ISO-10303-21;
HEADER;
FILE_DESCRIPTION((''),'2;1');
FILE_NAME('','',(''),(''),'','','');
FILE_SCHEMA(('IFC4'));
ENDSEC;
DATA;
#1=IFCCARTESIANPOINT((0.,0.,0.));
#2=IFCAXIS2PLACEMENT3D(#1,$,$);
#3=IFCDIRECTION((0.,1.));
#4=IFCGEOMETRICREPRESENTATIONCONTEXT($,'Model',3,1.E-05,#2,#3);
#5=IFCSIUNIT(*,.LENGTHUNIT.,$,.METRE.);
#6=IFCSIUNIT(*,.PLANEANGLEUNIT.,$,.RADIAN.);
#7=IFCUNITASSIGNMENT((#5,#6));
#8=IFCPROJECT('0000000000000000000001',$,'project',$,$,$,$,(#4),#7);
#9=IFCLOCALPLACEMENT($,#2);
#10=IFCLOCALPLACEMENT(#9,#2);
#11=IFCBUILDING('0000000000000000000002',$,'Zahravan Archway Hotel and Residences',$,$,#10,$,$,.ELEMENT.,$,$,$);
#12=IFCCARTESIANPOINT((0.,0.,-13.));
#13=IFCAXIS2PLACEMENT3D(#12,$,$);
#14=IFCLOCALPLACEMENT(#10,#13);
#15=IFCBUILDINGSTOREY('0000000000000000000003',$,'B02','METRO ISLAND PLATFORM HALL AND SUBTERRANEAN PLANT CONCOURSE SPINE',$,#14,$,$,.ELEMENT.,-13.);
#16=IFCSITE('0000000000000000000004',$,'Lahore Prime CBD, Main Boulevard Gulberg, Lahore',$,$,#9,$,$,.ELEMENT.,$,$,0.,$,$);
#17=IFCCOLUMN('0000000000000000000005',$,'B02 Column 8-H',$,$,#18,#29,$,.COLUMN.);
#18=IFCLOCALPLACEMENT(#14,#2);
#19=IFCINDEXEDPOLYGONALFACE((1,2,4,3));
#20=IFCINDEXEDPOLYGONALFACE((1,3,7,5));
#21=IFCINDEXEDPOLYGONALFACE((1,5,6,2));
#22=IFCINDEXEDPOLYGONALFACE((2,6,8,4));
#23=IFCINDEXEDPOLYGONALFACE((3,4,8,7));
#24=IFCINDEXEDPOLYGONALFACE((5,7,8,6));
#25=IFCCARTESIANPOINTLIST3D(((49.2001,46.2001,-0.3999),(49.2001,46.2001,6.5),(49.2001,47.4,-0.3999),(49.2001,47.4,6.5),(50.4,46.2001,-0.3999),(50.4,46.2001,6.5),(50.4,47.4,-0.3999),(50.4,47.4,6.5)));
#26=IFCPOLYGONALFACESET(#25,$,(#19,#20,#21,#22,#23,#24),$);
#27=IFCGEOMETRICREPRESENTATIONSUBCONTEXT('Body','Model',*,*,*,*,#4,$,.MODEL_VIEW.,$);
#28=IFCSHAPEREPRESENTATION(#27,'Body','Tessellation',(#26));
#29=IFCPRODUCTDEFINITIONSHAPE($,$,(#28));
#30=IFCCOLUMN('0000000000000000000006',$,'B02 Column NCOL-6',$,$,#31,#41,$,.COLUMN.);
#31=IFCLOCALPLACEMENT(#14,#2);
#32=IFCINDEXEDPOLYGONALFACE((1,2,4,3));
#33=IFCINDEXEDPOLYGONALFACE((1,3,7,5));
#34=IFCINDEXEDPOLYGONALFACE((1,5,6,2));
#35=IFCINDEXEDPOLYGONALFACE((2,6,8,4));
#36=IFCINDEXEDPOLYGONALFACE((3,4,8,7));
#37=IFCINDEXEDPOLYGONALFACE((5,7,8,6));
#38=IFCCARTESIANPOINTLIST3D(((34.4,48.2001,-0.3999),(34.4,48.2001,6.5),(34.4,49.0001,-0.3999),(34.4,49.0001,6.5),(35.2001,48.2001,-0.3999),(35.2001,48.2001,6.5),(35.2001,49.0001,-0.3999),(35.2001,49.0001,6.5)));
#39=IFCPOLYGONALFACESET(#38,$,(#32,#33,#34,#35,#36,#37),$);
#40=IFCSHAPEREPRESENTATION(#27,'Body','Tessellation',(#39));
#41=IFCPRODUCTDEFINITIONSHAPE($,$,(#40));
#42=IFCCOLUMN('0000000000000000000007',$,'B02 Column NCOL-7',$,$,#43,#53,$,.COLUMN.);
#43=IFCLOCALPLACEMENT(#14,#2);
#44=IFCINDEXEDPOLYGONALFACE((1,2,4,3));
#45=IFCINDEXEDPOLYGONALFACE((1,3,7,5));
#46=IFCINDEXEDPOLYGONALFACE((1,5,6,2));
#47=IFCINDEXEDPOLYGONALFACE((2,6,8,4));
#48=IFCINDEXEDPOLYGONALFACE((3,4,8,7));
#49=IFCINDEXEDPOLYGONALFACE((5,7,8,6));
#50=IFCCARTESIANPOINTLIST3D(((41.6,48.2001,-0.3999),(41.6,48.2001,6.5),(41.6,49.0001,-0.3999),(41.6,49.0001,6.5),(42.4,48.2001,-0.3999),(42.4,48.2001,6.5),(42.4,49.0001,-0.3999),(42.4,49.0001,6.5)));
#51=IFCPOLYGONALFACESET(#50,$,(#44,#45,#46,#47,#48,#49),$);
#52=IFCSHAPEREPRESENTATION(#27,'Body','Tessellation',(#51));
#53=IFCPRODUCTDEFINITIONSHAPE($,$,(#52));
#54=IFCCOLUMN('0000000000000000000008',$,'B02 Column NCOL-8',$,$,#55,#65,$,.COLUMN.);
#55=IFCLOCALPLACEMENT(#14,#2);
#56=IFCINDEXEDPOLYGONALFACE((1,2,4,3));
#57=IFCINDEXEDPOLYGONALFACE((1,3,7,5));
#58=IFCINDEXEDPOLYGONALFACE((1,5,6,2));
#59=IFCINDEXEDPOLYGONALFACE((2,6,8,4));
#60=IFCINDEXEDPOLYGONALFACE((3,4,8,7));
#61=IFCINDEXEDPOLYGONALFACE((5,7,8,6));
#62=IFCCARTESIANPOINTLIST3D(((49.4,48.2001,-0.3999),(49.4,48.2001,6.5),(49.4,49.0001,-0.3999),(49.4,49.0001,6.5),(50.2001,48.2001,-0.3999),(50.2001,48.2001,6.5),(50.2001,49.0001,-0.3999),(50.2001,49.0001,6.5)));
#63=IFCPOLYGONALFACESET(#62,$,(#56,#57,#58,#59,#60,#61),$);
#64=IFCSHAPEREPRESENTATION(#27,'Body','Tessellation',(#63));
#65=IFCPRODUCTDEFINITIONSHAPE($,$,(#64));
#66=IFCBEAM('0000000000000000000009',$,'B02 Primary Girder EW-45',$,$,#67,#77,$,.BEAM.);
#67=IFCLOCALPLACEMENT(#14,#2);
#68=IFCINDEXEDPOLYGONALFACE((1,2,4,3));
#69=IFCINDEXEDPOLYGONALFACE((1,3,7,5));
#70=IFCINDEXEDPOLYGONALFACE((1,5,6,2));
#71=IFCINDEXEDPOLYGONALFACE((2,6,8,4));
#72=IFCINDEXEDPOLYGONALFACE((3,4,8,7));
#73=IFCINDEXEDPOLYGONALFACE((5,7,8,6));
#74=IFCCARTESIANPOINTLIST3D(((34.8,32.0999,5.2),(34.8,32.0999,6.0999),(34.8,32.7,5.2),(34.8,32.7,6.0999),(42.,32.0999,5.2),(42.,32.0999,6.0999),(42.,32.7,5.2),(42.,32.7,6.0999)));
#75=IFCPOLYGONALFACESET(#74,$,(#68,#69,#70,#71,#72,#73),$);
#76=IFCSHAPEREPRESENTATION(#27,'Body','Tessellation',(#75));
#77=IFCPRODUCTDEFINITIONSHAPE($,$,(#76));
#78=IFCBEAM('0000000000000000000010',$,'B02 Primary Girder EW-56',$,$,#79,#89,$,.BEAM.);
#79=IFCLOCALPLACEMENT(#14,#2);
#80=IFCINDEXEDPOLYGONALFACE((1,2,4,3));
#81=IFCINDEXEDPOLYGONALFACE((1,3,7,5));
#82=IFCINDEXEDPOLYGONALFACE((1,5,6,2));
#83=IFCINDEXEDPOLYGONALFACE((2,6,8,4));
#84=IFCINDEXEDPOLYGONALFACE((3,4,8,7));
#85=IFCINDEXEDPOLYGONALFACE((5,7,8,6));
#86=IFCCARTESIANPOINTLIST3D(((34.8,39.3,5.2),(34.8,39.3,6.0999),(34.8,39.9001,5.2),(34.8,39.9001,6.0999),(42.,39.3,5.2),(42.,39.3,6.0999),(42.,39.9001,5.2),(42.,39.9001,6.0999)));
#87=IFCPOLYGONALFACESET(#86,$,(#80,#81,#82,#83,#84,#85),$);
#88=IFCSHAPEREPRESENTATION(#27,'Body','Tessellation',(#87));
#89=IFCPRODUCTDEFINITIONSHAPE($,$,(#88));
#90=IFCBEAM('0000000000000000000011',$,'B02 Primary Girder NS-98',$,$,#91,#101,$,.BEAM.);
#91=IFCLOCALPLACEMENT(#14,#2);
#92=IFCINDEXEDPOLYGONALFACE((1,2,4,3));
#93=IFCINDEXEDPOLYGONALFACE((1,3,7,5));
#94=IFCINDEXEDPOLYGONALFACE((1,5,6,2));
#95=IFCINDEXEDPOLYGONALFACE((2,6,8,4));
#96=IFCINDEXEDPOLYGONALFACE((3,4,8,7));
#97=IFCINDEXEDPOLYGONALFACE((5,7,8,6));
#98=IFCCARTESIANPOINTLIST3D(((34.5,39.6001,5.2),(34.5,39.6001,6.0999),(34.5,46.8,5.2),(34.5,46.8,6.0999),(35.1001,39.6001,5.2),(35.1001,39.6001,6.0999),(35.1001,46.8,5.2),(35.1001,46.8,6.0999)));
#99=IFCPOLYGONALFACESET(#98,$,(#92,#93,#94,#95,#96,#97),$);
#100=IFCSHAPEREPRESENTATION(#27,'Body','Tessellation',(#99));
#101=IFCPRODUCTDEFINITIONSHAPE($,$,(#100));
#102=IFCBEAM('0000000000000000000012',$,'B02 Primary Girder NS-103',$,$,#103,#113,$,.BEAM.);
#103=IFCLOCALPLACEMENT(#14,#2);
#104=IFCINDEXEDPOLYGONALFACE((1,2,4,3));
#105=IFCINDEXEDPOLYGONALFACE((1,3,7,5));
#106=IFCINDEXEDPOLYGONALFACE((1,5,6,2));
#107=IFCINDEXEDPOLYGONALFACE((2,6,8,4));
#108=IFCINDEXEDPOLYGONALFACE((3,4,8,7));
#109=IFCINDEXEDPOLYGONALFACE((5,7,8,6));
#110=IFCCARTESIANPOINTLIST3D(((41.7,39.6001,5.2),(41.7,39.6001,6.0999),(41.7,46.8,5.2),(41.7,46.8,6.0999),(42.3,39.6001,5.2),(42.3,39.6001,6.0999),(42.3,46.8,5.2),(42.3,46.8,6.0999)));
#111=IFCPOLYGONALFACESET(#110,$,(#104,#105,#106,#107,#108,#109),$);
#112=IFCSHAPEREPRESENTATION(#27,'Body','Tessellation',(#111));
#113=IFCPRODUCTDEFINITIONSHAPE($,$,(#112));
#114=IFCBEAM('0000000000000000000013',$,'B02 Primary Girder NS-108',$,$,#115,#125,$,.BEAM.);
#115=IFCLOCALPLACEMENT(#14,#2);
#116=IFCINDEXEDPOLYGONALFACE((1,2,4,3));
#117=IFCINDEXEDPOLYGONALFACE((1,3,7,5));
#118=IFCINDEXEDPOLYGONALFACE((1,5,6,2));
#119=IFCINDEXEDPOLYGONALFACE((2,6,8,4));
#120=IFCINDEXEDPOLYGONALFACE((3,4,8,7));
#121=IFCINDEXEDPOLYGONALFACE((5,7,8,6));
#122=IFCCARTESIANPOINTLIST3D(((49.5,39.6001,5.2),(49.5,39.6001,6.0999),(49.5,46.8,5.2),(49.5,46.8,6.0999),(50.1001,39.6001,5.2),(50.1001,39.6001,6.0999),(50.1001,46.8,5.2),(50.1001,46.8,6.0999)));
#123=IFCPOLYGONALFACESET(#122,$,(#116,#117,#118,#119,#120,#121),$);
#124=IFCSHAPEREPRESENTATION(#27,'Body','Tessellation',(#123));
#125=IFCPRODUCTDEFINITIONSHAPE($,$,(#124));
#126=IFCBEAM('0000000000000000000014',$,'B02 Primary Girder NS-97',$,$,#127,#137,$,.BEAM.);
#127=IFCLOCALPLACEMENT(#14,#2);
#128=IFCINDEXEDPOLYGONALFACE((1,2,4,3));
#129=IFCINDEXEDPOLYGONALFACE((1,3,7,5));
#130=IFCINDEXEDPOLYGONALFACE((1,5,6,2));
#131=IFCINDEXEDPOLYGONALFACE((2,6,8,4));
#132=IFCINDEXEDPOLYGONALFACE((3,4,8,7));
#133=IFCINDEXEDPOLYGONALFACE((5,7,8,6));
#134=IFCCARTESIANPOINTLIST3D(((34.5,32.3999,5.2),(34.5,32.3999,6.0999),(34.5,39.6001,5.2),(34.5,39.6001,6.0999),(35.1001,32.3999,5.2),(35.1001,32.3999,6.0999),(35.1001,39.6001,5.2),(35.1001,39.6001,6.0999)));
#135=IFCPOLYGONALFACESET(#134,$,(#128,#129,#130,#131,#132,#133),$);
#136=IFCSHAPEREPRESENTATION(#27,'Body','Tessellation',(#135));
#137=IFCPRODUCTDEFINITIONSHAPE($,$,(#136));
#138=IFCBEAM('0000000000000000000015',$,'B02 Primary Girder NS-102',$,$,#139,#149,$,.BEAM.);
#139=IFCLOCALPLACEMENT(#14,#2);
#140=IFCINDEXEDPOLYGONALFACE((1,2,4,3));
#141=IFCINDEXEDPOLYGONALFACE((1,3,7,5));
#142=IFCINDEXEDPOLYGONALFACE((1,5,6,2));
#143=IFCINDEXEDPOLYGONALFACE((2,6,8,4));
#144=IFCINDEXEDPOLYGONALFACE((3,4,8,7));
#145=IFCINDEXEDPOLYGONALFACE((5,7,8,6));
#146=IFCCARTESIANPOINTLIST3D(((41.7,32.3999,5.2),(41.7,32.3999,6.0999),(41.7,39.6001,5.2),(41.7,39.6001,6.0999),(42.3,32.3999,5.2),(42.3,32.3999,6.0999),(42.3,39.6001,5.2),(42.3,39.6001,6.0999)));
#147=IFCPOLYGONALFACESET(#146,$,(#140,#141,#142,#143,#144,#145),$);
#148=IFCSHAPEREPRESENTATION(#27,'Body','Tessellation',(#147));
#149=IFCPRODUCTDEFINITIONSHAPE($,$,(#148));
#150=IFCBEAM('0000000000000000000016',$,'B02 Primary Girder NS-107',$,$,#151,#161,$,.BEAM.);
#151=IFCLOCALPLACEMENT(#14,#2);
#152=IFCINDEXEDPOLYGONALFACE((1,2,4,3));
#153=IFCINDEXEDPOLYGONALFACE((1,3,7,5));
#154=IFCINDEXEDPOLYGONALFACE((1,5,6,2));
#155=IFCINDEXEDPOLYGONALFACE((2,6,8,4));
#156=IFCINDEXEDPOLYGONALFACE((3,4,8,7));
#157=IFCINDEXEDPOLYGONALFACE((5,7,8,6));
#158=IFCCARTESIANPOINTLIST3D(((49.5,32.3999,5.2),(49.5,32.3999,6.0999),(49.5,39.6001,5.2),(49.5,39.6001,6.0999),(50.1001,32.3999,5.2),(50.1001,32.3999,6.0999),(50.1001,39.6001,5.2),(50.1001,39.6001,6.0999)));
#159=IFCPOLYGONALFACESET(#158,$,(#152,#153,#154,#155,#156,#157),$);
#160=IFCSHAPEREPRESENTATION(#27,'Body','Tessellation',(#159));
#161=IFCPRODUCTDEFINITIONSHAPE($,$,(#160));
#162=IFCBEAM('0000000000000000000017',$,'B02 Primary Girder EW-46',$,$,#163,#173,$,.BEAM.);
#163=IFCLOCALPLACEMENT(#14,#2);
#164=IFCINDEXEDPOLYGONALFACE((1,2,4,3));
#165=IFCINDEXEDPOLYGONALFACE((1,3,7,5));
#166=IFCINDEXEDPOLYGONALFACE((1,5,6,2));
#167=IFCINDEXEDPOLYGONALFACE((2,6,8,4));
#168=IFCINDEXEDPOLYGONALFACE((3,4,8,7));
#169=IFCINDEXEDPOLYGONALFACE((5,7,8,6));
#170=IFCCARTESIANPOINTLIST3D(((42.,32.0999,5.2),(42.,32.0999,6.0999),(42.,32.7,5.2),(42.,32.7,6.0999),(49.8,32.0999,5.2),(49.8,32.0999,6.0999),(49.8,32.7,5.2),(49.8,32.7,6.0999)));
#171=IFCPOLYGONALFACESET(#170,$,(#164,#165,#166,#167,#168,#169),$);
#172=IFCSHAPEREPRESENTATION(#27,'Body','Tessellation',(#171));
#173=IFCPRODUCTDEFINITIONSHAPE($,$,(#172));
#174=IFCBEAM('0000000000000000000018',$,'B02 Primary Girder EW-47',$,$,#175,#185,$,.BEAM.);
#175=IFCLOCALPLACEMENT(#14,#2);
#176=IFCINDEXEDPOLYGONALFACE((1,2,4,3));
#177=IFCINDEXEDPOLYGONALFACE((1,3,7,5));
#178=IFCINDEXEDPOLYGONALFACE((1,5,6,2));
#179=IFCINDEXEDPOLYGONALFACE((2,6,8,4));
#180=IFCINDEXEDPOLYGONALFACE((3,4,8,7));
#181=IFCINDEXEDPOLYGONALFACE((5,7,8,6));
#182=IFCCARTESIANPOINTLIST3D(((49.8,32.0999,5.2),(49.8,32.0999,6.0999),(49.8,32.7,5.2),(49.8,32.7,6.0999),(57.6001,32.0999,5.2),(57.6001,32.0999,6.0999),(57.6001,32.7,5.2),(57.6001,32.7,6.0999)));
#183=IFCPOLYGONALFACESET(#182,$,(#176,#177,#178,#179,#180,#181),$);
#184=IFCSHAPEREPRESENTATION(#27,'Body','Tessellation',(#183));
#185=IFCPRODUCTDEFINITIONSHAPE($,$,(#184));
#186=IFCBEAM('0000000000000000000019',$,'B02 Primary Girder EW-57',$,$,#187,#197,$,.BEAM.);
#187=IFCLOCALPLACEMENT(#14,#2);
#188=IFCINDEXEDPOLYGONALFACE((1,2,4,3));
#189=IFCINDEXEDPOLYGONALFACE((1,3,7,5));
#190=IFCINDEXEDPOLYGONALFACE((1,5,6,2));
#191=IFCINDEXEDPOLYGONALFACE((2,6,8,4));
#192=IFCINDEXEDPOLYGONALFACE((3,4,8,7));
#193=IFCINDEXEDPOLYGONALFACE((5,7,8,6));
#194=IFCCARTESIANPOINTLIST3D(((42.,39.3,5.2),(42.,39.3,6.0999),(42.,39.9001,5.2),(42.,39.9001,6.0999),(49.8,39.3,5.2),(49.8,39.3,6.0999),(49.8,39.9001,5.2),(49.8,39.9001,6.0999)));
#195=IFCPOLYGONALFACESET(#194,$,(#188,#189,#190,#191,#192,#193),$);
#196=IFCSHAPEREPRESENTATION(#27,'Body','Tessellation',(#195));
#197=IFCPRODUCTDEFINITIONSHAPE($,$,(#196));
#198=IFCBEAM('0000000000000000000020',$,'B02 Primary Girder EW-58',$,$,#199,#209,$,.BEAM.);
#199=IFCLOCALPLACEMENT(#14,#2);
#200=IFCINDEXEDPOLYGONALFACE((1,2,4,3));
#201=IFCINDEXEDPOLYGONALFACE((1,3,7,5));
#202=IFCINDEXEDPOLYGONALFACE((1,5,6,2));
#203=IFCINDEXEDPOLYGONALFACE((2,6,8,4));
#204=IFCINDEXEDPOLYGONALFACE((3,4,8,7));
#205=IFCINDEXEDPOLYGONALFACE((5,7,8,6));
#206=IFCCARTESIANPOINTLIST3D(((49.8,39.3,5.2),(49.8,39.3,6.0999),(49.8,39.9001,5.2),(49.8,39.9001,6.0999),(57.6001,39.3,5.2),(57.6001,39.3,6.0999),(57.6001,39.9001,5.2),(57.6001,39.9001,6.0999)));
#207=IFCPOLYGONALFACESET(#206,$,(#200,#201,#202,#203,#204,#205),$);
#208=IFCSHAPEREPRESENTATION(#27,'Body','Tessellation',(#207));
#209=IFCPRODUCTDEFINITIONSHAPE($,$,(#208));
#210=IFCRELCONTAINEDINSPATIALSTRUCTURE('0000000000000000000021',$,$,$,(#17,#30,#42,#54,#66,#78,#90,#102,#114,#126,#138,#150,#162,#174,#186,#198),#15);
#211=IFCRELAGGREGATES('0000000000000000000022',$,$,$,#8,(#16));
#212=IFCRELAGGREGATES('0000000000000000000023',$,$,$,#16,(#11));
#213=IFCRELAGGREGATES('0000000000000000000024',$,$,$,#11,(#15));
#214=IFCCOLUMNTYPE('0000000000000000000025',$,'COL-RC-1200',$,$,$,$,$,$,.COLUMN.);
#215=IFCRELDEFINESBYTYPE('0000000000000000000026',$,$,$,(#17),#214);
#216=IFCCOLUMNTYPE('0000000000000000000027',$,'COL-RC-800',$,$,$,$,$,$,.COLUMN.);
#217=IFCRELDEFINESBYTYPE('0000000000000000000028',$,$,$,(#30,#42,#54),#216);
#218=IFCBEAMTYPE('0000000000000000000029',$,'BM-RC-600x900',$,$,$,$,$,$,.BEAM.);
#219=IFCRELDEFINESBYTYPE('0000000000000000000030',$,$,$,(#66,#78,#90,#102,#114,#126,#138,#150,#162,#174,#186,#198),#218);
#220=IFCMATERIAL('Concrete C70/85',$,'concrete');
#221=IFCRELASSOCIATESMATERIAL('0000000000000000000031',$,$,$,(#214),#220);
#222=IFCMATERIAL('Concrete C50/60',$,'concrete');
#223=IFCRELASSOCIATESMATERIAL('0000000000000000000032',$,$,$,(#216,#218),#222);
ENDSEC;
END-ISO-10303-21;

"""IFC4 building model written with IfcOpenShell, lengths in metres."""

from ifc_helpers import new_model, si_unit, direction, frame, origin, origin_2d, place, context, subcontext, project, spatial, rectangle, extrude, source, transform, mapped, material, material_profile, profile_set, type_object, type_shapes, element, save


model = new_model("IFC4")

# Units and contexts
model_context = context("Model", 3, precision=1e-05, world=origin(), true_north=direction((0.0, 1.0)))
body_context = subcontext(model_context, "Body", "Model", "MODEL_VIEW")
ifc_project = project(units=[si_unit("LENGTHUNIT", "METRE"), si_unit("PLANEANGLEUNIT", "RADIAN")], contexts=[model_context])

# Site, building, storey
site_placement = place(None, origin())
site = spatial("IfcSite", under=ifc_project, at=site_placement, Name="Lahore Prime CBD, Main Boulevard Gulberg, Lahore", CompositionType="ELEMENT", RefElevation=0.0)
building_placement = place(site_placement, origin())
building = spatial("IfcBuilding", under=site, at=building_placement, Name="Zahravan Archway Hotel and Residences", CompositionType="ELEMENT")
storey_placement = place(building_placement, frame((0.0, 0.0, -13.0)))
storey = spatial("IfcBuildingStorey", under=building, at=storey_placement, Name="B02", Description="METRO ISLAND PLATFORM HALL AND SUBTERRANEAN PLANT CONCOURSE SPINE", CompositionType="ELEMENT", Elevation=-13.0)

# Shared definitions
ifc_material_1 = material(Name="Concrete C50/60", Category="concrete")

# Columns
ifc_material_2 = material(Name="Concrete C70/85", Category="concrete")
ifc_material_profile_1 = material_profile(ifc_material_2, rectangle(XDim=1.2, YDim=1.2, at=origin_2d()), Name="RC-COL-1200x1200", Category="concrete")
ifc_profile_set_1 = profile_set([ifc_material_profile_1], Name="Concrete C70/85")
column_type_1 = type_object("IfcColumnType", Name="COL-RC-1200", PredefinedType="COLUMN", material=ifc_profile_set_1)
shared_shape_1 = source(origin(), body_context, "Body", "SweptSolid", [
    extrude(rectangle(XDim=1.2, YDim=1.2, at=origin_2d()), origin(), (0.0, 0.0, 1.0), 6.8999),
])
type_shapes(column_type_1, [shared_shape_1])
for number, where, z_axis, x_axis, name in (
    (1, (49.8, 46.8, -0.3999), (0.0, 0.0, 1.0), (1.0, 0.0, 0.0), "B02 Column 8-H"),
):
    element("IfcColumn", number, at=place(storey_placement, frame(where, z_axis=z_axis, x_axis=x_axis)), inside=storey, type_object=column_type_1, Name=name, PredefinedType="COLUMN", context=body_context, shape_type="MappedRepresentation", body=[
        mapped(shared_shape_1, transform((0.0, 0.0, 0.0), scale=1.0)),
    ])
ifc_material_profile_2 = material_profile(ifc_material_1, rectangle(XDim=0.8, YDim=0.8, at=origin_2d()), Name="RC-COL-800x800", Category="concrete")
ifc_profile_set_2 = profile_set([ifc_material_profile_2], Name="Concrete C50/60")
column_type_2 = type_object("IfcColumnType", Name="COL-RC-800", PredefinedType="COLUMN", material=ifc_profile_set_2)
shared_shape_2 = source(origin(), body_context, "Body", "SweptSolid", [
    extrude(rectangle(XDim=0.8, YDim=0.8, at=origin_2d()), origin(), (0.0, 0.0, 1.0), 6.8999),
])
type_shapes(column_type_2, [shared_shape_2])
for number, where, z_axis, x_axis, name in (
    (2, (34.8, 48.6001, -0.3999), (0.0, 0.0, 1.0), (1.0, 0.0, 0.0), "B02 Column NCOL-6"),
    (3, (42.0, 48.6001, -0.3999), (0.0, 0.0, 1.0), (1.0, 0.0, 0.0), "B02 Column NCOL-7"),
    (4, (49.8, 48.6001, -0.3999), (0.0, 0.0, 1.0), (1.0, 0.0, 0.0), "B02 Column NCOL-8"),
):
    element("IfcColumn", number, at=place(storey_placement, frame(where, z_axis=z_axis, x_axis=x_axis)), inside=storey, type_object=column_type_2, Name=name, PredefinedType="COLUMN", context=body_context, shape_type="MappedRepresentation", body=[
        mapped(shared_shape_2, transform((0.0, 0.0, 0.0), scale=1.0)),
    ])

# Beams
ifc_material_profile_3 = material_profile(ifc_material_1, rectangle(XDim=0.6001, YDim=0.8999, at=origin_2d()), Name="RC-BM-600x900", Category="concrete")
ifc_profile_set_3 = profile_set([ifc_material_profile_3], Name="Concrete C50/60")
beam_type_1 = type_object("IfcBeamType", Name="BM-RC-600x900", PredefinedType="BEAM", material=ifc_profile_set_3)
shared_shape_3 = source(origin(), body_context, "Body", "SweptSolid", [
    extrude(rectangle(XDim=0.6001, YDim=0.8999, at=origin_2d()), origin(), (0.0, 0.0, 1.0), 7.2),
])
for number, where, z_axis, x_axis, name in (
    (5, (34.8, 32.3999, 5.6499), (1.0, 0.0, 0.0), (0.0, 1.0, 0.0), "B02 Primary Girder EW-45"),
    (6, (34.8, 39.6001, 5.6499), (1.0, 0.0, 0.0), (0.0, 1.0, 0.0), "B02 Primary Girder EW-56"),
    (7, (34.8, 39.6001, 5.6499), (0.0, 1.0, 0.0), (-1.0, 0.0, 0.0), "B02 Primary Girder NS-98"),
    (8, (42.0, 39.6001, 5.6499), (0.0, 1.0, 0.0), (-1.0, 0.0, 0.0), "B02 Primary Girder NS-103"),
    (9, (49.8, 39.6001, 5.6499), (0.0, 1.0, 0.0), (-1.0, 0.0, 0.0), "B02 Primary Girder NS-108"),
):
    element("IfcBeam", number, at=place(storey_placement, frame(where, z_axis=z_axis, x_axis=x_axis)), inside=storey, type_object=beam_type_1, Name=name, PredefinedType="BEAM", context=body_context, shape_type="MappedRepresentation", body=[
        mapped(shared_shape_3, transform((0.0, 0.0, 0.0), scale=1.0)),
    ])
shared_shape_4 = source(origin(), body_context, "Body", "SweptSolid", [
    extrude(rectangle(XDim=0.6001, YDim=0.8999, at=origin_2d()), origin(), (0.0, 0.0, 1.0), 7.2002),
])
for number, where, z_axis, x_axis, name in (
    (10, (34.8, 32.3999, 5.6499), (0.0, 1.0, 0.0), (-1.0, 0.0, 0.0), "B02 Primary Girder NS-97"),
    (11, (42.0, 32.3999, 5.6499), (0.0, 1.0, 0.0), (-1.0, 0.0, 0.0), "B02 Primary Girder NS-102"),
    (12, (49.8, 32.3999, 5.6499), (0.0, 1.0, 0.0), (-1.0, 0.0, 0.0), "B02 Primary Girder NS-107"),
):
    element("IfcBeam", number, at=place(storey_placement, frame(where, z_axis=z_axis, x_axis=x_axis)), inside=storey, type_object=beam_type_1, Name=name, PredefinedType="BEAM", context=body_context, shape_type="MappedRepresentation", body=[
        mapped(shared_shape_4, transform((0.0, 0.0, 0.0), scale=1.0)),
    ])
shared_shape_5 = source(origin(), body_context, "Body", "SweptSolid", [
    extrude(rectangle(XDim=0.6001, YDim=0.8999, at=origin_2d()), origin(), (0.0, 0.0, 1.0), 7.8),
])
for number, where, z_axis, x_axis, name in (
    (13, (42.0, 32.3999, 5.6499), (1.0, 0.0, 0.0), (0.0, 1.0, 0.0), "B02 Primary Girder EW-46"),
    (14, (49.8, 32.3999, 5.6499), (1.0, 0.0, 0.0), (0.0, 1.0, 0.0), "B02 Primary Girder EW-47"),
    (15, (42.0, 39.6001, 5.6499), (1.0, 0.0, 0.0), (0.0, 1.0, 0.0), "B02 Primary Girder EW-57"),
    (16, (49.8, 39.6001, 5.6499), (1.0, 0.0, 0.0), (0.0, 1.0, 0.0), "B02 Primary Girder EW-58"),
):
    element("IfcBeam", number, at=place(storey_placement, frame(where, z_axis=z_axis, x_axis=x_axis)), inside=storey, type_object=beam_type_1, Name=name, PredefinedType="BEAM", context=body_context, shape_type="MappedRepresentation", body=[
        mapped(shared_shape_5, transform((0.0, 0.0, 0.0), scale=1.0)),
    ])

save(model, "model.ifc")
